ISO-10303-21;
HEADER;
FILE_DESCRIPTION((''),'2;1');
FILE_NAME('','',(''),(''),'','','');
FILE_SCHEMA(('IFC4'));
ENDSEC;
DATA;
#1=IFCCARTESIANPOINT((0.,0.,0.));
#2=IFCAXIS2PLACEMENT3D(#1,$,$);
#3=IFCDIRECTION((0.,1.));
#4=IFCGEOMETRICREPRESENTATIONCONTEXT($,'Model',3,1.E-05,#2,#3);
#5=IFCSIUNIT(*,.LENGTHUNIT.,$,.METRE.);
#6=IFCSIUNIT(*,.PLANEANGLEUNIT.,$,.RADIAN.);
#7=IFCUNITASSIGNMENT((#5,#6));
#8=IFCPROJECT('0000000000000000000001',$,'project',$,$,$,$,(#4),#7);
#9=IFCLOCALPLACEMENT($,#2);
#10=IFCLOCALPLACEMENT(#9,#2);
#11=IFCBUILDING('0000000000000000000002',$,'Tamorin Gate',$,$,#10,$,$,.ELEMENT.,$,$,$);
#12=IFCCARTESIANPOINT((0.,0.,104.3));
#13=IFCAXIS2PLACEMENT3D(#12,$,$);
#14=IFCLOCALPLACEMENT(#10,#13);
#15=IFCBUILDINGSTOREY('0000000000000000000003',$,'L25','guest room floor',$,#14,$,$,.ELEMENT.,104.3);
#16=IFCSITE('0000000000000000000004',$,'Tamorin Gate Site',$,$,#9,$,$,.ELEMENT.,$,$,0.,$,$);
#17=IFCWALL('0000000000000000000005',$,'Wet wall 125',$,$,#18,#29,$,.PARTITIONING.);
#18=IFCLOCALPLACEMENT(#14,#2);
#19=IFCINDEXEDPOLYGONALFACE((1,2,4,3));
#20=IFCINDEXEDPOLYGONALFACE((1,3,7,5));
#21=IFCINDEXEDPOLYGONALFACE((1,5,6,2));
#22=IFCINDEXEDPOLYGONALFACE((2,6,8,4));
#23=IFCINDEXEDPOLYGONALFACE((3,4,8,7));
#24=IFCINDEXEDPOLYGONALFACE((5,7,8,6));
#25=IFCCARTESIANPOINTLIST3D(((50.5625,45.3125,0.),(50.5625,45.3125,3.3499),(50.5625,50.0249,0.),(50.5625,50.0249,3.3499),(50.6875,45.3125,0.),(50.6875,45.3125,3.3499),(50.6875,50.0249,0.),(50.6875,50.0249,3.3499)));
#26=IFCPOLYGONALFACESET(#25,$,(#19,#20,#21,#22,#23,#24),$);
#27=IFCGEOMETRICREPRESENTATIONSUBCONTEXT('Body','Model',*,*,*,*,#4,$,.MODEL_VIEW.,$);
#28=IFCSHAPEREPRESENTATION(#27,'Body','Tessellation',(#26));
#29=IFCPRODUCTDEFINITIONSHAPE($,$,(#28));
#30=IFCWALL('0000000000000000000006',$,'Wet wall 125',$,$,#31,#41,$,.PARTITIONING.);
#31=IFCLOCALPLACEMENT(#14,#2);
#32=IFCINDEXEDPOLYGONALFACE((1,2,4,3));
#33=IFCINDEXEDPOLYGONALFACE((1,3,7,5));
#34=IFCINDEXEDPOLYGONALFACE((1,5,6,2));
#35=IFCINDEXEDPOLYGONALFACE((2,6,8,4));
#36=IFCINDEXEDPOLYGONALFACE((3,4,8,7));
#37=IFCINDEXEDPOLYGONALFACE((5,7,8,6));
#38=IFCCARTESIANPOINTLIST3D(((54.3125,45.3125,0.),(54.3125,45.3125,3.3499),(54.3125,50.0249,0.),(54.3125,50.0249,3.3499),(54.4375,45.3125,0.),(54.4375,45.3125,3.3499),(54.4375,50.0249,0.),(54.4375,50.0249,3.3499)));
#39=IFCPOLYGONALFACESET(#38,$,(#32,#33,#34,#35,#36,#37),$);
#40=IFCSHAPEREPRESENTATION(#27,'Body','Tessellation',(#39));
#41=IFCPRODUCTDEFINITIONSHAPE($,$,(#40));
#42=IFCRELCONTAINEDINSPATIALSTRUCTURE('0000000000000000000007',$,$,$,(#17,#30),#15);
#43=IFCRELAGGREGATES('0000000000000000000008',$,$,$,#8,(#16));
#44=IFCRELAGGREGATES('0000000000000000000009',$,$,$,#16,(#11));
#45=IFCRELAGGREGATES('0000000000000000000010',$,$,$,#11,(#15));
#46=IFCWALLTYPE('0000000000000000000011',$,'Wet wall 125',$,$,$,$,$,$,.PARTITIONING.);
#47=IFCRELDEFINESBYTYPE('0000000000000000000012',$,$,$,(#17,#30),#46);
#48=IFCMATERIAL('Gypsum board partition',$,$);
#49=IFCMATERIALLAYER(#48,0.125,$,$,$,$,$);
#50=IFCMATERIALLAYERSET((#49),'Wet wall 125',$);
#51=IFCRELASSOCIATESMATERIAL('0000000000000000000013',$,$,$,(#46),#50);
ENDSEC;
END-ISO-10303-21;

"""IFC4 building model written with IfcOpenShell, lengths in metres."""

from ifc_helpers import new_model, si_unit, direction, frame, frame_2d, origin, place, context, subcontext, project, spatial, rectangle, extrude, material, layer, layer_set, type_object, element, save


model = new_model("IFC4")

# Units and contexts
model_context = context("Model", 3, precision=1e-05, world=origin(), true_north=direction((0.0, 1.0)))
body_context = subcontext(model_context, "Body", "Model", "MODEL_VIEW")
ifc_project = project(units=[si_unit("LENGTHUNIT", "METRE"), si_unit("PLANEANGLEUNIT", "RADIAN")], contexts=[model_context])

# Site, building, storey
site_placement = place(None, origin())
site = spatial("IfcSite", under=ifc_project, at=site_placement, Name="Tamorin Gate Site", CompositionType="ELEMENT", RefElevation=0.0)
building_placement = place(site_placement, origin())
building = spatial("IfcBuilding", under=site, at=building_placement, Name="Tamorin Gate", CompositionType="ELEMENT")
storey_placement = place(building_placement, frame((0.0, 0.0, 104.3)))
storey = spatial("IfcBuildingStorey", under=building, at=storey_placement, Name="L25", Description="guest room floor", CompositionType="ELEMENT", Elevation=104.3)

# Shared definitions
ifc_material_1 = material(Name="Gypsum board partition")

# Shared definitions
ifc_layer_1 = layer(ifc_material_1, 0.125)
ifc_layer_set_1 = layer_set([ifc_layer_1], Name="Wet wall 125")
wall_type_1 = type_object("IfcWallType", Name="Wet wall 125", PredefinedType="PARTITIONING", material=ifc_layer_set_1)

# Walls
for number, where, z_axis, x_axis, name in (
    (1, (50.625, 45.3125, 0.0), (0.0, 0.0, 1.0), (0.0, 1.0, 0.0), "Wet wall 125"),
    (2, (54.375, 45.3125, 0.0), (0.0, 0.0, 1.0), (0.0, 1.0, 0.0), "Wet wall 125"),
):
    element("IfcWall", number, at=place(storey_placement, frame(where, z_axis=z_axis, x_axis=x_axis)), inside=storey, type_object=wall_type_1, Name=name, PredefinedType="PARTITIONING", context=body_context, shape_type="SweptSolid", body=[
        extrude(rectangle(XDim=4.7124, YDim=0.125, at=frame_2d((2.3562, 0.0))), origin(), (0.0, 0.0, 1.0), 3.3499),
    ])

save(model, "model.ifc")
